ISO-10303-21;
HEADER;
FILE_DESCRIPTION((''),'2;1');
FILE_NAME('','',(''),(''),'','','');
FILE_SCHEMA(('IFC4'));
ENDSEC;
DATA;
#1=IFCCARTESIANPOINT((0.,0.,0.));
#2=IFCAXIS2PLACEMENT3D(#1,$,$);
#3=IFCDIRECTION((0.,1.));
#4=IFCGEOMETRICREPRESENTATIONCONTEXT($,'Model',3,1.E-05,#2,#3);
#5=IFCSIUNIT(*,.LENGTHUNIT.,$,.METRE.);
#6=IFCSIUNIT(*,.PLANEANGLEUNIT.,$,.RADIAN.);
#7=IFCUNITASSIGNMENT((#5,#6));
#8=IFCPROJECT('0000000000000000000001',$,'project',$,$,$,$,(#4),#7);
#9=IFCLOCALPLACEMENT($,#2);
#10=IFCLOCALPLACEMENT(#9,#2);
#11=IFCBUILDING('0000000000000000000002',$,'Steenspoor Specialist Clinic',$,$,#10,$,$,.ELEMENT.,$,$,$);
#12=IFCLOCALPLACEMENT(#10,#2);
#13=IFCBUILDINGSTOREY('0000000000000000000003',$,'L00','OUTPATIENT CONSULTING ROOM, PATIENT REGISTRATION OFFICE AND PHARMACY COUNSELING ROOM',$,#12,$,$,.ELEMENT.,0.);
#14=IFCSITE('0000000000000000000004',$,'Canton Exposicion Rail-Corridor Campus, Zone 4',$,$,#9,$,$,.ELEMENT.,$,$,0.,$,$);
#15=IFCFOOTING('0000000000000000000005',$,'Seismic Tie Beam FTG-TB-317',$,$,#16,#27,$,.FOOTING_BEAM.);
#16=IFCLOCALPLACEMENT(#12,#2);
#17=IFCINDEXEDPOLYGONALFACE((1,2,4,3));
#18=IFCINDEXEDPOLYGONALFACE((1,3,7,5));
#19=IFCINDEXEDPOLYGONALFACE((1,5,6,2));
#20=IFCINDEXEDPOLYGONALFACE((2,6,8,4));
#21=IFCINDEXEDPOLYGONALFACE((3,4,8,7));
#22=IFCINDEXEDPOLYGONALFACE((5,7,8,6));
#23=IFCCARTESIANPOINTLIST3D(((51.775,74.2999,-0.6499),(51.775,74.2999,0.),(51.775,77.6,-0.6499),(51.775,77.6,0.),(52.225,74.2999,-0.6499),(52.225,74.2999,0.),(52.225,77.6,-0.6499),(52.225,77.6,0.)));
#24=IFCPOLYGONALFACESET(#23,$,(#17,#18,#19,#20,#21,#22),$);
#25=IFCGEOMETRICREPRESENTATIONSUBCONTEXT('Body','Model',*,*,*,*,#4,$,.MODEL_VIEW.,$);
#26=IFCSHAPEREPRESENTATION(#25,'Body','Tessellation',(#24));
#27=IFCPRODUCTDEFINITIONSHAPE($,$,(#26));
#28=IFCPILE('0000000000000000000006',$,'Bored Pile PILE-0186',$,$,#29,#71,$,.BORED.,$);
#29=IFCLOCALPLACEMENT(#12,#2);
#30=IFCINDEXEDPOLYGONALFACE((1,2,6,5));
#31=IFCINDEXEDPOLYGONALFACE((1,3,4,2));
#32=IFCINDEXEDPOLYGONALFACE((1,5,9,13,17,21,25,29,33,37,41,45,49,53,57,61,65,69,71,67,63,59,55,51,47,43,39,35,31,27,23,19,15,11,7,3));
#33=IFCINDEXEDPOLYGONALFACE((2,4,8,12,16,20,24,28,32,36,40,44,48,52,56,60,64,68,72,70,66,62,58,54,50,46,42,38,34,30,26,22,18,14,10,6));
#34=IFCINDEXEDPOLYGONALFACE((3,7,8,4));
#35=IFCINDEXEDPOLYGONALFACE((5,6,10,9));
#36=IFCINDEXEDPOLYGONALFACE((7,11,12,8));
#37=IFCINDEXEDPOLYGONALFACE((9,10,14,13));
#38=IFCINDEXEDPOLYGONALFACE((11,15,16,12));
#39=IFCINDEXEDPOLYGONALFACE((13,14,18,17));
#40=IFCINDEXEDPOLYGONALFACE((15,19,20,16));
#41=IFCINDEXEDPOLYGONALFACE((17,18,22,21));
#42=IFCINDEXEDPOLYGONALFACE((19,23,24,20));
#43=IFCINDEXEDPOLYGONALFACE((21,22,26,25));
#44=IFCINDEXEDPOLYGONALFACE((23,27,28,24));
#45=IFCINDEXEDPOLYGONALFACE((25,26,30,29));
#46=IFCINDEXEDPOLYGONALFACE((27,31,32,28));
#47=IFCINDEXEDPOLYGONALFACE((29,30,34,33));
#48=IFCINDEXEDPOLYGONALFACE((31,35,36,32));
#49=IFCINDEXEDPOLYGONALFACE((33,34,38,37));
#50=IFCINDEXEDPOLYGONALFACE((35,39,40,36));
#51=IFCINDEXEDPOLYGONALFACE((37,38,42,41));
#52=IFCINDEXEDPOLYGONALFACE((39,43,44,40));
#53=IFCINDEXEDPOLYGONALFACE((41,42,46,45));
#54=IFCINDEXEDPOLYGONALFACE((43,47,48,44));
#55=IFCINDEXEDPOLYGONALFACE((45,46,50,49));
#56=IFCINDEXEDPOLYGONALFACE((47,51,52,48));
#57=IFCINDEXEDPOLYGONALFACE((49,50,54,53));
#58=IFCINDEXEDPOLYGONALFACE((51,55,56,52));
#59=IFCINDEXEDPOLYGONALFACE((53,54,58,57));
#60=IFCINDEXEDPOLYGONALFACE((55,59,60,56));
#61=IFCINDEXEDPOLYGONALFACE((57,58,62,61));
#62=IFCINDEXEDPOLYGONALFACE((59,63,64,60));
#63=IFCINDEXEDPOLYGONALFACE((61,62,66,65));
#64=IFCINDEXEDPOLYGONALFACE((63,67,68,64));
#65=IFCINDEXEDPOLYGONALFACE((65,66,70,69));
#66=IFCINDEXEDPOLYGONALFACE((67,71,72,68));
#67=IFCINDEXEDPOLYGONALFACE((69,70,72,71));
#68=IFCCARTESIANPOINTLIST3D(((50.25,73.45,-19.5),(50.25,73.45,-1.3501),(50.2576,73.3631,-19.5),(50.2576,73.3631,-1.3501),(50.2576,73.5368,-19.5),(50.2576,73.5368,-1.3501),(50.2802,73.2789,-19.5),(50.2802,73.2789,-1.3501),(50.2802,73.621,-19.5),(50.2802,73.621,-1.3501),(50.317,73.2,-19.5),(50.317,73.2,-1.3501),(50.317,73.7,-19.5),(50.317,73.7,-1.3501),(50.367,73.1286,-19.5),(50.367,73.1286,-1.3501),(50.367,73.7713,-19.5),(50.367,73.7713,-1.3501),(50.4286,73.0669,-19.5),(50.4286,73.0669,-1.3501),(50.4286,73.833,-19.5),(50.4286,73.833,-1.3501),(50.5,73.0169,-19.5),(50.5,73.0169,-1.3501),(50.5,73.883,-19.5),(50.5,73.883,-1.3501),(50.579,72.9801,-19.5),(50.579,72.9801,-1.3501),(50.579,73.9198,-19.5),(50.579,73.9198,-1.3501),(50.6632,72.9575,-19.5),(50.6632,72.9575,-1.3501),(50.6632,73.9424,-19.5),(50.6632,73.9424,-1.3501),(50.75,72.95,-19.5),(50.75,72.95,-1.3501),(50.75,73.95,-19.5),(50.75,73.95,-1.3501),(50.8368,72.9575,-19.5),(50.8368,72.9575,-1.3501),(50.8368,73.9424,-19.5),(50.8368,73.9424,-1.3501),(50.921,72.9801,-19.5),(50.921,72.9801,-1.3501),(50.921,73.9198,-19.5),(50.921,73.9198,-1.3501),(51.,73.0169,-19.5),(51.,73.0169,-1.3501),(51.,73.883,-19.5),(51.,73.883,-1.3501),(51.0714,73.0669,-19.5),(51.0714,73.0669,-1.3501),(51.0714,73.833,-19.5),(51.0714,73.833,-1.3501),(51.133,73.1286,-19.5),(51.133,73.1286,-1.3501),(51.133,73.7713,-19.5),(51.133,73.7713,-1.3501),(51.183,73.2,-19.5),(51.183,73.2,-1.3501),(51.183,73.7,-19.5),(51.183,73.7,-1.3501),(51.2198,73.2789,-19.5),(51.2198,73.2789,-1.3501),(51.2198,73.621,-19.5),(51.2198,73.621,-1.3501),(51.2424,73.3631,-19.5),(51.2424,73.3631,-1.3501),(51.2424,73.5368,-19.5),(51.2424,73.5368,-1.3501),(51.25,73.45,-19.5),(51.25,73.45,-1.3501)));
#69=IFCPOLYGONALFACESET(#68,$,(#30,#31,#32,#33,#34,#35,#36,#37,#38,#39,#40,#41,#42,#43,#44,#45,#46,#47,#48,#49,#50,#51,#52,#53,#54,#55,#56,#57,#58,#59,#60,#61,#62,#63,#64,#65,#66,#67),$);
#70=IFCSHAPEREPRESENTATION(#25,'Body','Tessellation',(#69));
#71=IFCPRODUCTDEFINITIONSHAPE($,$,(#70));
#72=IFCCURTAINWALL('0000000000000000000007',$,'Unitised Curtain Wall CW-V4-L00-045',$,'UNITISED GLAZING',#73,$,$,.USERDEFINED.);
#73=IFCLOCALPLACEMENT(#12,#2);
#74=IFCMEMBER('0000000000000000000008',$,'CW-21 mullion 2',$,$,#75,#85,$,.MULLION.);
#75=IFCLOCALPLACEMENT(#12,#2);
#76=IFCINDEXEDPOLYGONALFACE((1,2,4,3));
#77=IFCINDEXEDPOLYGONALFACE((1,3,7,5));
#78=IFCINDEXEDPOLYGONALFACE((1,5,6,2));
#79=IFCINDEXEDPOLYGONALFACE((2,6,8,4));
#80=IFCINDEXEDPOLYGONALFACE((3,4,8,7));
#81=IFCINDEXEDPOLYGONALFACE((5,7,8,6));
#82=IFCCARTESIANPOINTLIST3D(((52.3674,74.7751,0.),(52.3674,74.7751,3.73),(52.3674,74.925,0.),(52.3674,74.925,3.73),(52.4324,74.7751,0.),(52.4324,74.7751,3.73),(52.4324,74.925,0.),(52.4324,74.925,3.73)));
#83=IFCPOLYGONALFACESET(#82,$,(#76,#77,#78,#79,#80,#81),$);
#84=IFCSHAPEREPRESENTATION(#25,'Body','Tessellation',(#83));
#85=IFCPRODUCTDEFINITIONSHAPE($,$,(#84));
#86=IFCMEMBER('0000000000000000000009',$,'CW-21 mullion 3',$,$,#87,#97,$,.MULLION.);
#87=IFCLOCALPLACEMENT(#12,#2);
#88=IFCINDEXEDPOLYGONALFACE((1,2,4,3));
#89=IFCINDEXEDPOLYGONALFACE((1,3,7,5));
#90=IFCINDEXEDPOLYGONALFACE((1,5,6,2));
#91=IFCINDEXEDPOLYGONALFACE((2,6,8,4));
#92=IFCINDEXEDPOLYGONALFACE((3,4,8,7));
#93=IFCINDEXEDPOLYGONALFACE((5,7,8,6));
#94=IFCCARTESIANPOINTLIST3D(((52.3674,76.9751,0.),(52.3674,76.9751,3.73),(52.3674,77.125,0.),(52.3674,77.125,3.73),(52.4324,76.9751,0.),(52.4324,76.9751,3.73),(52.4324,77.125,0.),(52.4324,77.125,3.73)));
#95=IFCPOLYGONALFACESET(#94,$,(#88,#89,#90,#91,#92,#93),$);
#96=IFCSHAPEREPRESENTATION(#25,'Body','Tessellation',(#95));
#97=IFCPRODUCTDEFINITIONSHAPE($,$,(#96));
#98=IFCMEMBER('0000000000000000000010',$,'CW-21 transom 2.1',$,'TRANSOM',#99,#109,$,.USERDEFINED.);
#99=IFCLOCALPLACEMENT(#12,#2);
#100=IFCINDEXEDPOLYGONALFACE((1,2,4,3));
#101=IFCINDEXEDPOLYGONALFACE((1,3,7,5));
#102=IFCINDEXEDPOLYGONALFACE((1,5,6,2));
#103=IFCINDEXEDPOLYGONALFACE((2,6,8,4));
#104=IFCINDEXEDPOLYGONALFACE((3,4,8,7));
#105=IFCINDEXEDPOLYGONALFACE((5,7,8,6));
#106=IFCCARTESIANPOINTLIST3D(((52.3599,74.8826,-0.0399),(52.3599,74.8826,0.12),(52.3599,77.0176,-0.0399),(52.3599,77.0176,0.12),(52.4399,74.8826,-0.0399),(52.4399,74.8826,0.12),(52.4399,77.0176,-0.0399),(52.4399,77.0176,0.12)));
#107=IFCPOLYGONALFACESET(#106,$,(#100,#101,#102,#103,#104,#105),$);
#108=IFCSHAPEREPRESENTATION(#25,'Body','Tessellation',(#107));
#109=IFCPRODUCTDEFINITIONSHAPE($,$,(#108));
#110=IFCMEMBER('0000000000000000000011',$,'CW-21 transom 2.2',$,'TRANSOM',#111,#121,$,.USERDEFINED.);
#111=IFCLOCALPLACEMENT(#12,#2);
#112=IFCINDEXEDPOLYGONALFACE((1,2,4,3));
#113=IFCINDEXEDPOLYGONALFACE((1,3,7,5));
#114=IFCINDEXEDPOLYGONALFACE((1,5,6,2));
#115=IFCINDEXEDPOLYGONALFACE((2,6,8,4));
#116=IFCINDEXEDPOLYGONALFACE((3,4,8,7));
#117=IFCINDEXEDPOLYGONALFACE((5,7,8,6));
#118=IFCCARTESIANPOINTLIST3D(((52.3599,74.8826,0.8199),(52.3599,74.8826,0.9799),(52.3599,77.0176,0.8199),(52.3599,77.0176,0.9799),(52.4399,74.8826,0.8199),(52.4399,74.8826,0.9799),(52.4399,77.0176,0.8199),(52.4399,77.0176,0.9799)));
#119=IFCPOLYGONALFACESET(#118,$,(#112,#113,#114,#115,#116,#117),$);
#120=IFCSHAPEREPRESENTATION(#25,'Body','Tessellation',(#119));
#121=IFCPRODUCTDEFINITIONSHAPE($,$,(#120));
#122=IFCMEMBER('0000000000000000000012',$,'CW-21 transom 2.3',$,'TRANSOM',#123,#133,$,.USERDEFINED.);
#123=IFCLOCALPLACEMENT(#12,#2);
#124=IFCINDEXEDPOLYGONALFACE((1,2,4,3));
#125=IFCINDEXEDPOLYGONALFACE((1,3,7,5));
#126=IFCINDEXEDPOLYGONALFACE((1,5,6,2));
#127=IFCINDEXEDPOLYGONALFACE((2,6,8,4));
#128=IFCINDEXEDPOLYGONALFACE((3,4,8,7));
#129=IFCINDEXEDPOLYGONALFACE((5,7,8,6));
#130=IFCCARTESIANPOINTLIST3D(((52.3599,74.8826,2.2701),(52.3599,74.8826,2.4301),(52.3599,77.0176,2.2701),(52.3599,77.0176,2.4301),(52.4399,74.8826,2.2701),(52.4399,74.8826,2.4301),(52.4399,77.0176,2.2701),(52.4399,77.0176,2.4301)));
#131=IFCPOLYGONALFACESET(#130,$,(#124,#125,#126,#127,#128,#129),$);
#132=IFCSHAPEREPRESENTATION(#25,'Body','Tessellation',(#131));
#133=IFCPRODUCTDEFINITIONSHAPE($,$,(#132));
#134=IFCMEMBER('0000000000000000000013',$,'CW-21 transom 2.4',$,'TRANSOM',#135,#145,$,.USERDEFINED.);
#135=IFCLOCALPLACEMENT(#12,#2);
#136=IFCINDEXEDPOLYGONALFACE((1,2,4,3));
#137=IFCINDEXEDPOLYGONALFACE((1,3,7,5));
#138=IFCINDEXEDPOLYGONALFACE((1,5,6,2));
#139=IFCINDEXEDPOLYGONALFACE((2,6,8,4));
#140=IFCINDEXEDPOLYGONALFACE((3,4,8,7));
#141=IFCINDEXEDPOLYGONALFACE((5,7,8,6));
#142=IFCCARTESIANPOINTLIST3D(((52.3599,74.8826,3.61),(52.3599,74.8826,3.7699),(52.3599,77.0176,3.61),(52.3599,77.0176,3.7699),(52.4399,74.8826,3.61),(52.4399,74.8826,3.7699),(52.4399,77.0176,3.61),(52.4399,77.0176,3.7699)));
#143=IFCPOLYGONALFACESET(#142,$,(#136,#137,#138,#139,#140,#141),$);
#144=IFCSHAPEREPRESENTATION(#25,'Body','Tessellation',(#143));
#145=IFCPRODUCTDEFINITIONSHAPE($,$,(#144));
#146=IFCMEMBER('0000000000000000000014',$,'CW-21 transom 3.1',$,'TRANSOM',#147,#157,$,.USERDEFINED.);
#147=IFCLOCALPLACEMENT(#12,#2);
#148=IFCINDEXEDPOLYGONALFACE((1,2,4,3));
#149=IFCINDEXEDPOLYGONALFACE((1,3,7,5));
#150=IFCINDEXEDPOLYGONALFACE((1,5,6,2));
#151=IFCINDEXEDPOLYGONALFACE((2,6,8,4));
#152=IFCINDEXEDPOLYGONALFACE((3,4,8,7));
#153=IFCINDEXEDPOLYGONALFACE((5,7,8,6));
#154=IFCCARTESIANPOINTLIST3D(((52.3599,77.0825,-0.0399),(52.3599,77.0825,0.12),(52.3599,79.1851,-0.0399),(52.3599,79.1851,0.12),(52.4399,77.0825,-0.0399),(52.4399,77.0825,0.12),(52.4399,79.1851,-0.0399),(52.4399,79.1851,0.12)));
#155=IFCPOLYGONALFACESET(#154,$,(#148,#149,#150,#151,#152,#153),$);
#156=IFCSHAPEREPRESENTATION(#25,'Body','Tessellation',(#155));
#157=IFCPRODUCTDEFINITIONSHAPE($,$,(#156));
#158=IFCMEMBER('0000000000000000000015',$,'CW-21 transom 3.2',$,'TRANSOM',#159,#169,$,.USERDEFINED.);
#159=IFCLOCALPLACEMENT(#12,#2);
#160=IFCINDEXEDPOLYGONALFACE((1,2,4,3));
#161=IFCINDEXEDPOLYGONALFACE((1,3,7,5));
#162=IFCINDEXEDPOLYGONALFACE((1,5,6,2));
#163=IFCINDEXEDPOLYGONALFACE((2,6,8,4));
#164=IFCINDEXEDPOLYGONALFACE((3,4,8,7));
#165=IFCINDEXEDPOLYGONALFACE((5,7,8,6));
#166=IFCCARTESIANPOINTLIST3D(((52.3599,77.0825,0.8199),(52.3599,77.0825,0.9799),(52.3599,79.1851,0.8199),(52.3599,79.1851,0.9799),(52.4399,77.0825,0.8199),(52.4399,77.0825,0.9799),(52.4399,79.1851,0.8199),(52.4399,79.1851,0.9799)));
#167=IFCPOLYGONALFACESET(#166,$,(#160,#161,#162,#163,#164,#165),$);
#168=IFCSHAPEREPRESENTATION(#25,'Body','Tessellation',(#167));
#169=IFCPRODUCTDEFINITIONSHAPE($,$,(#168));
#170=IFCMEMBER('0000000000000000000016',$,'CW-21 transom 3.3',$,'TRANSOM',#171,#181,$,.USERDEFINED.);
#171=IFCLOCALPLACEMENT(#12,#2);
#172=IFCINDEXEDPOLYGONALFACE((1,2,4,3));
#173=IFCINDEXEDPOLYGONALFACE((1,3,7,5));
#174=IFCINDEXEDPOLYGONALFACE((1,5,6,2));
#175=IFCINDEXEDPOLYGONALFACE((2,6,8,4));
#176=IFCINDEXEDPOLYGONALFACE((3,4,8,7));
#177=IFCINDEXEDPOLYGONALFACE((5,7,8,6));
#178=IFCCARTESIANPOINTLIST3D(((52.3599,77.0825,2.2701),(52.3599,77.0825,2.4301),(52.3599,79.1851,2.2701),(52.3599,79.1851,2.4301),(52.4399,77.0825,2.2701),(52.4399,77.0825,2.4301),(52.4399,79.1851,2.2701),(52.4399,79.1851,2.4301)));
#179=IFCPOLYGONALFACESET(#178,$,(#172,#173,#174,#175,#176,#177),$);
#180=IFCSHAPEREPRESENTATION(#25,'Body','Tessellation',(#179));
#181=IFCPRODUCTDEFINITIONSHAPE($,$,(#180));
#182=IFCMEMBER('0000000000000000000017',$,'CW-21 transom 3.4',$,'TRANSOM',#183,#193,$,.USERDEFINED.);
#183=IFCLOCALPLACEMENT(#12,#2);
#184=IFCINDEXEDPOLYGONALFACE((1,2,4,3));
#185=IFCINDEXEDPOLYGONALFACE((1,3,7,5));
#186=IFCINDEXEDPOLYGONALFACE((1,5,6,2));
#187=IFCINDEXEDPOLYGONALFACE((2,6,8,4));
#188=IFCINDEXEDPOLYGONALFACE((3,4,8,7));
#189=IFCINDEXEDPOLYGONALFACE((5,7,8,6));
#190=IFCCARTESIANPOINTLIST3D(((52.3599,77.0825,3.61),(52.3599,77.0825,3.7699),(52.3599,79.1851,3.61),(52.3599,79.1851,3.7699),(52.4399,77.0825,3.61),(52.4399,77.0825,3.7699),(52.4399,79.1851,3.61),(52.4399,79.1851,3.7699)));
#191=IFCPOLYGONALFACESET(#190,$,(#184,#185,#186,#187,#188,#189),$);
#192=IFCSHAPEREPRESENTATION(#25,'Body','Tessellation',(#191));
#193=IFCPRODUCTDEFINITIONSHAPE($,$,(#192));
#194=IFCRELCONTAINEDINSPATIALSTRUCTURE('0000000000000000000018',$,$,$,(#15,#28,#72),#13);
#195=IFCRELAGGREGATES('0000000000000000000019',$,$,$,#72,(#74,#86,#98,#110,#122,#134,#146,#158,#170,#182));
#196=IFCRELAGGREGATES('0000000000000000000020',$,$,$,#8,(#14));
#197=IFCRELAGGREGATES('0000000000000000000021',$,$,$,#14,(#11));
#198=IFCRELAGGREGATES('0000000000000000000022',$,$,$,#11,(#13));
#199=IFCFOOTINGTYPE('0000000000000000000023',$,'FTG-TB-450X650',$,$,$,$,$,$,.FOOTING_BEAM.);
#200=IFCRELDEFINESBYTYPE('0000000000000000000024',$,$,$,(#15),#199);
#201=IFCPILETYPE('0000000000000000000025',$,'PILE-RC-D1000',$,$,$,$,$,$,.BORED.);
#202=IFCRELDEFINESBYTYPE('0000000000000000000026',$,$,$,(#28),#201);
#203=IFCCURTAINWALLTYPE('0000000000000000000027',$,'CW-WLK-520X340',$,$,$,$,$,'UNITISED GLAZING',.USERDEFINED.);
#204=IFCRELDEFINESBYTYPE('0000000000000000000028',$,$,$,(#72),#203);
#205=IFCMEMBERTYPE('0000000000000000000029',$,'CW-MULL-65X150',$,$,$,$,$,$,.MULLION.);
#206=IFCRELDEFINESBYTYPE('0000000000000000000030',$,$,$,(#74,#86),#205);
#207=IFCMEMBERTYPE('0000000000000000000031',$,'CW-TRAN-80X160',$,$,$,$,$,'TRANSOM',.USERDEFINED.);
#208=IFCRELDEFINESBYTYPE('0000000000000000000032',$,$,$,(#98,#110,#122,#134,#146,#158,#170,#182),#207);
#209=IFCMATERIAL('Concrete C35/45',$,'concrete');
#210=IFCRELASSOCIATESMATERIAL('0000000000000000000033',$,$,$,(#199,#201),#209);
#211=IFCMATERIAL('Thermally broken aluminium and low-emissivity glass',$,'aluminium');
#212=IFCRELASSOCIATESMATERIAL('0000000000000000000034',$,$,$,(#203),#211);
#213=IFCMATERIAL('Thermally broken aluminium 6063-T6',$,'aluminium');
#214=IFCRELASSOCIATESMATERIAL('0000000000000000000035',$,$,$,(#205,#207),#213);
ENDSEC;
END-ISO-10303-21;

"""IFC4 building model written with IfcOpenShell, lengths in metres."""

from ifc_helpers import new_model, si_unit, direction, frame, origin, origin_2d, place, context, subcontext, project, spatial, rectangle, circle, extrude, material, material_profile, profile_set, type_object, element, aggregate, save


model = new_model("IFC4")

# Units and contexts
model_context = context("Model", 3, precision=1e-05, world=origin(), true_north=direction((0.0, 1.0)))
body_context = subcontext(model_context, "Body", "Model", "MODEL_VIEW")
ifc_project = project(units=[si_unit("LENGTHUNIT", "METRE"), si_unit("PLANEANGLEUNIT", "RADIAN")], contexts=[model_context])

# Site, building, storey
site_placement = place(None, origin())
site = spatial("IfcSite", under=ifc_project, at=site_placement, Name="Canton Exposicion Rail-Corridor Campus, Zone 4", CompositionType="ELEMENT", RefElevation=0.0)
building_placement = place(site_placement, origin())
building = spatial("IfcBuilding", under=site, at=building_placement, Name="Steenspoor Specialist Clinic", CompositionType="ELEMENT")
storey_placement = place(building_placement, origin())
storey = spatial("IfcBuildingStorey", under=building, at=storey_placement, Name="L00", Description="OUTPATIENT CONSULTING ROOM, PATIENT REGISTRATION OFFICE AND PHARMACY COUNSELING ROOM", CompositionType="ELEMENT", Elevation=0.0)

# Footing
ifc_material_1 = material(Name="Concrete C35/45", Category="concrete")
footing_type = type_object("IfcFootingType", Name="FTG-TB-450X650", PredefinedType="FOOTING_BEAM", material=ifc_material_1)
footing_placement = place(storey_placement, frame((52.0, 75.95, -0.6499), z_axis=(0.0, 0.0, 1.0), x_axis=(1.0, 0.0, 0.0)))
element("IfcFooting", 1, at=footing_placement, inside=storey, type_object=footing_type, Name="Seismic Tie Beam FTG-TB-317", PredefinedType="FOOTING_BEAM", context=body_context, shape_type="SweptSolid", body=[
    extrude(rectangle(XDim=0.45, YDim=3.3, at=origin_2d()), origin(), (0.0, 0.0, 1.0), 0.6499),
])

# Pile
ifc_material_profile_1 = material_profile(ifc_material_1, circle(Radius=0.5, at=origin_2d()), Name="PILE-D1000")
ifc_profile_set_1 = profile_set([ifc_material_profile_1], Name="Concrete C35/45")
pile_type = type_object("IfcPileType", Name="PILE-RC-D1000", PredefinedType="BORED", material=ifc_profile_set_1)
pile_placement = place(storey_placement, frame((50.75, 73.45, -1.3501), z_axis=(0.0, 0.0, -1.0), x_axis=(1.0, 0.0, 0.0)))
element("IfcPile", 2, at=pile_placement, inside=storey, type_object=pile_type, Name="Bored Pile PILE-0186", PredefinedType="BORED", context=body_context, shape_type="SweptSolid", body=[
    extrude(circle(Radius=0.5, at=origin_2d()), origin(), (0.0, 0.0, 1.0), 18.1499),
])

# Curtain wall, members
ifc_material_2 = material(Name="Thermally broken aluminium and low-emissivity glass", Category="aluminium")
curtain_wall_type = type_object("IfcCurtainWallType", Name="CW-WLK-520X340", ElementType="UNITISED GLAZING", PredefinedType="USERDEFINED", material=ifc_material_2)
curtain_wall_placement = place(storey_placement, origin())
curtain_wall = element("IfcCurtainWall", 3, at=curtain_wall_placement, inside=storey, type_object=curtain_wall_type, Name="Unitised Curtain Wall CW-V4-L00-045", ObjectType="UNITISED GLAZING", PredefinedType="USERDEFINED")
ifc_material_3 = material(Name="Thermally broken aluminium 6063-T6", Category="aluminium")
ifc_material_profile_2 = material_profile(ifc_material_3, rectangle(XDim=0.0649, YDim=0.1499, at=origin_2d()), Name="CWM-65X150")
ifc_profile_set_2 = profile_set([ifc_material_profile_2], Name="Thermally broken aluminium 6063-T6")
member_type_1 = type_object("IfcMemberType", Name="CW-MULL-65X150", PredefinedType="MULLION", material=ifc_profile_set_2)
member_1_placement = place(storey_placement, frame((52.3999, 74.8501, 0.0), z_axis=(0.0, 0.0, 1.0), x_axis=(-1.0, 0.0, 0.0)))
member_1 = element("IfcMember", 4, at=member_1_placement, type_object=member_type_1, Name="CW-21 mullion 2", PredefinedType="MULLION", context=body_context, shape_type="SweptSolid", body=[
    extrude(rectangle(XDim=0.0649, YDim=0.1499, at=origin_2d()), origin(), (0.0, 0.0, 1.0), 3.73),
])
member_2_placement = place(storey_placement, frame((52.3999, 77.05, 0.0), z_axis=(0.0, 0.0, 1.0), x_axis=(-1.0, 0.0, 0.0)))
member_2 = element("IfcMember", 5, at=member_2_placement, type_object=member_type_1, Name="CW-21 mullion 3", PredefinedType="MULLION", context=body_context, shape_type="SweptSolid", body=[
    extrude(rectangle(XDim=0.0649, YDim=0.1499, at=origin_2d()), origin(), (0.0, 0.0, 1.0), 3.73),
])
ifc_material_profile_3 = material_profile(ifc_material_3, rectangle(XDim=0.0801, YDim=0.1599, at=origin_2d()), Name="CWT-80X160")
ifc_profile_set_3 = profile_set([ifc_material_profile_3], Name="Thermally broken aluminium 6063-T6")
member_type_2 = type_object("IfcMemberType", Name="CW-TRAN-80X160", ElementType="TRANSOM", PredefinedType="USERDEFINED", material=ifc_profile_set_3)
member_3_placement = place(storey_placement, frame((52.3999, 74.8826, 0.04), z_axis=(0.0, 1.0, 0.0), x_axis=(-1.0, 0.0, 0.0)))
member_3 = element("IfcMember", 6, at=member_3_placement, type_object=member_type_2, Name="CW-21 transom 2.1", ObjectType="TRANSOM", PredefinedType="USERDEFINED", context=body_context, shape_type="SweptSolid", body=[
    extrude(rectangle(XDim=0.0801, YDim=0.1599, at=origin_2d()), origin(), (0.0, 0.0, 1.0), 2.135),
])
member_4_placement = place(storey_placement, frame((52.3999, 74.8826, 0.8999), z_axis=(0.0, 1.0, 0.0), x_axis=(-1.0, 0.0, 0.0)))
member_4 = element("IfcMember", 7, at=member_4_placement, type_object=member_type_2, Name="CW-21 transom 2.2", ObjectType="TRANSOM", PredefinedType="USERDEFINED", context=body_context, shape_type="SweptSolid", body=[
    extrude(rectangle(XDim=0.0801, YDim=0.1599, at=origin_2d()), origin(), (0.0, 0.0, 1.0), 2.135),
])
member_5_placement = place(storey_placement, frame((52.3999, 74.8826, 2.3501), z_axis=(0.0, 1.0, 0.0), x_axis=(-1.0, 0.0, 0.0)))
member_5 = element("IfcMember", 8, at=member_5_placement, type_object=member_type_2, Name="CW-21 transom 2.3", ObjectType="TRANSOM", PredefinedType="USERDEFINED", context=body_context, shape_type="SweptSolid", body=[
    extrude(rectangle(XDim=0.0801, YDim=0.1599, at=origin_2d()), origin(), (0.0, 0.0, 1.0), 2.135),
])
member_6_placement = place(storey_placement, frame((52.3999, 74.8826, 3.6899), z_axis=(0.0, 1.0, 0.0), x_axis=(-1.0, 0.0, 0.0)))
member_6 = element("IfcMember", 9, at=member_6_placement, type_object=member_type_2, Name="CW-21 transom 2.4", ObjectType="TRANSOM", PredefinedType="USERDEFINED", context=body_context, shape_type="SweptSolid", body=[
    extrude(rectangle(XDim=0.0801, YDim=0.1599, at=origin_2d()), origin(), (0.0, 0.0, 1.0), 2.135),
])
member_7_placement = place(storey_placement, frame((52.3999, 77.0825, 0.04), z_axis=(0.0, 1.0, 0.0), x_axis=(-1.0, 0.0, 0.0)))
member_7 = element("IfcMember", 10, at=member_7_placement, type_object=member_type_2, Name="CW-21 transom 3.1", ObjectType="TRANSOM", PredefinedType="USERDEFINED", context=body_context, shape_type="SweptSolid", body=[
    extrude(rectangle(XDim=0.0801, YDim=0.1599, at=origin_2d()), origin(), (0.0, 0.0, 1.0), 2.1025),
])
member_8_placement = place(storey_placement, frame((52.3999, 77.0825, 0.8999), z_axis=(0.0, 1.0, 0.0), x_axis=(-1.0, 0.0, 0.0)))
member_8 = element("IfcMember", 11, at=member_8_placement, type_object=member_type_2, Name="CW-21 transom 3.2", ObjectType="TRANSOM", PredefinedType="USERDEFINED", context=body_context, shape_type="SweptSolid", body=[
    extrude(rectangle(XDim=0.0801, YDim=0.1599, at=origin_2d()), origin(), (0.0, 0.0, 1.0), 2.1025),
])
member_9_placement = place(storey_placement, frame((52.3999, 77.0825, 2.3501), z_axis=(0.0, 1.0, 0.0), x_axis=(-1.0, 0.0, 0.0)))
member_9 = element("IfcMember", 12, at=member_9_placement, type_object=member_type_2, Name="CW-21 transom 3.3", ObjectType="TRANSOM", PredefinedType="USERDEFINED", context=body_context, shape_type="SweptSolid", body=[
    extrude(rectangle(XDim=0.0801, YDim=0.1599, at=origin_2d()), origin(), (0.0, 0.0, 1.0), 2.1025),
])
member_10_placement = place(storey_placement, frame((52.3999, 77.0825, 3.6899), z_axis=(0.0, 1.0, 0.0), x_axis=(-1.0, 0.0, 0.0)))
member_10 = element("IfcMember", 13, at=member_10_placement, type_object=member_type_2, Name="CW-21 transom 3.4", ObjectType="TRANSOM", PredefinedType="USERDEFINED", context=body_context, shape_type="SweptSolid", body=[
    extrude(rectangle(XDim=0.0801, YDim=0.1599, at=origin_2d()), origin(), (0.0, 0.0, 1.0), 2.1025),
])

aggregate(curtain_wall, [member_1, member_2, member_3, member_4, member_5, member_6, member_7, member_8, member_9, member_10])

save(model, "model.ifc")
